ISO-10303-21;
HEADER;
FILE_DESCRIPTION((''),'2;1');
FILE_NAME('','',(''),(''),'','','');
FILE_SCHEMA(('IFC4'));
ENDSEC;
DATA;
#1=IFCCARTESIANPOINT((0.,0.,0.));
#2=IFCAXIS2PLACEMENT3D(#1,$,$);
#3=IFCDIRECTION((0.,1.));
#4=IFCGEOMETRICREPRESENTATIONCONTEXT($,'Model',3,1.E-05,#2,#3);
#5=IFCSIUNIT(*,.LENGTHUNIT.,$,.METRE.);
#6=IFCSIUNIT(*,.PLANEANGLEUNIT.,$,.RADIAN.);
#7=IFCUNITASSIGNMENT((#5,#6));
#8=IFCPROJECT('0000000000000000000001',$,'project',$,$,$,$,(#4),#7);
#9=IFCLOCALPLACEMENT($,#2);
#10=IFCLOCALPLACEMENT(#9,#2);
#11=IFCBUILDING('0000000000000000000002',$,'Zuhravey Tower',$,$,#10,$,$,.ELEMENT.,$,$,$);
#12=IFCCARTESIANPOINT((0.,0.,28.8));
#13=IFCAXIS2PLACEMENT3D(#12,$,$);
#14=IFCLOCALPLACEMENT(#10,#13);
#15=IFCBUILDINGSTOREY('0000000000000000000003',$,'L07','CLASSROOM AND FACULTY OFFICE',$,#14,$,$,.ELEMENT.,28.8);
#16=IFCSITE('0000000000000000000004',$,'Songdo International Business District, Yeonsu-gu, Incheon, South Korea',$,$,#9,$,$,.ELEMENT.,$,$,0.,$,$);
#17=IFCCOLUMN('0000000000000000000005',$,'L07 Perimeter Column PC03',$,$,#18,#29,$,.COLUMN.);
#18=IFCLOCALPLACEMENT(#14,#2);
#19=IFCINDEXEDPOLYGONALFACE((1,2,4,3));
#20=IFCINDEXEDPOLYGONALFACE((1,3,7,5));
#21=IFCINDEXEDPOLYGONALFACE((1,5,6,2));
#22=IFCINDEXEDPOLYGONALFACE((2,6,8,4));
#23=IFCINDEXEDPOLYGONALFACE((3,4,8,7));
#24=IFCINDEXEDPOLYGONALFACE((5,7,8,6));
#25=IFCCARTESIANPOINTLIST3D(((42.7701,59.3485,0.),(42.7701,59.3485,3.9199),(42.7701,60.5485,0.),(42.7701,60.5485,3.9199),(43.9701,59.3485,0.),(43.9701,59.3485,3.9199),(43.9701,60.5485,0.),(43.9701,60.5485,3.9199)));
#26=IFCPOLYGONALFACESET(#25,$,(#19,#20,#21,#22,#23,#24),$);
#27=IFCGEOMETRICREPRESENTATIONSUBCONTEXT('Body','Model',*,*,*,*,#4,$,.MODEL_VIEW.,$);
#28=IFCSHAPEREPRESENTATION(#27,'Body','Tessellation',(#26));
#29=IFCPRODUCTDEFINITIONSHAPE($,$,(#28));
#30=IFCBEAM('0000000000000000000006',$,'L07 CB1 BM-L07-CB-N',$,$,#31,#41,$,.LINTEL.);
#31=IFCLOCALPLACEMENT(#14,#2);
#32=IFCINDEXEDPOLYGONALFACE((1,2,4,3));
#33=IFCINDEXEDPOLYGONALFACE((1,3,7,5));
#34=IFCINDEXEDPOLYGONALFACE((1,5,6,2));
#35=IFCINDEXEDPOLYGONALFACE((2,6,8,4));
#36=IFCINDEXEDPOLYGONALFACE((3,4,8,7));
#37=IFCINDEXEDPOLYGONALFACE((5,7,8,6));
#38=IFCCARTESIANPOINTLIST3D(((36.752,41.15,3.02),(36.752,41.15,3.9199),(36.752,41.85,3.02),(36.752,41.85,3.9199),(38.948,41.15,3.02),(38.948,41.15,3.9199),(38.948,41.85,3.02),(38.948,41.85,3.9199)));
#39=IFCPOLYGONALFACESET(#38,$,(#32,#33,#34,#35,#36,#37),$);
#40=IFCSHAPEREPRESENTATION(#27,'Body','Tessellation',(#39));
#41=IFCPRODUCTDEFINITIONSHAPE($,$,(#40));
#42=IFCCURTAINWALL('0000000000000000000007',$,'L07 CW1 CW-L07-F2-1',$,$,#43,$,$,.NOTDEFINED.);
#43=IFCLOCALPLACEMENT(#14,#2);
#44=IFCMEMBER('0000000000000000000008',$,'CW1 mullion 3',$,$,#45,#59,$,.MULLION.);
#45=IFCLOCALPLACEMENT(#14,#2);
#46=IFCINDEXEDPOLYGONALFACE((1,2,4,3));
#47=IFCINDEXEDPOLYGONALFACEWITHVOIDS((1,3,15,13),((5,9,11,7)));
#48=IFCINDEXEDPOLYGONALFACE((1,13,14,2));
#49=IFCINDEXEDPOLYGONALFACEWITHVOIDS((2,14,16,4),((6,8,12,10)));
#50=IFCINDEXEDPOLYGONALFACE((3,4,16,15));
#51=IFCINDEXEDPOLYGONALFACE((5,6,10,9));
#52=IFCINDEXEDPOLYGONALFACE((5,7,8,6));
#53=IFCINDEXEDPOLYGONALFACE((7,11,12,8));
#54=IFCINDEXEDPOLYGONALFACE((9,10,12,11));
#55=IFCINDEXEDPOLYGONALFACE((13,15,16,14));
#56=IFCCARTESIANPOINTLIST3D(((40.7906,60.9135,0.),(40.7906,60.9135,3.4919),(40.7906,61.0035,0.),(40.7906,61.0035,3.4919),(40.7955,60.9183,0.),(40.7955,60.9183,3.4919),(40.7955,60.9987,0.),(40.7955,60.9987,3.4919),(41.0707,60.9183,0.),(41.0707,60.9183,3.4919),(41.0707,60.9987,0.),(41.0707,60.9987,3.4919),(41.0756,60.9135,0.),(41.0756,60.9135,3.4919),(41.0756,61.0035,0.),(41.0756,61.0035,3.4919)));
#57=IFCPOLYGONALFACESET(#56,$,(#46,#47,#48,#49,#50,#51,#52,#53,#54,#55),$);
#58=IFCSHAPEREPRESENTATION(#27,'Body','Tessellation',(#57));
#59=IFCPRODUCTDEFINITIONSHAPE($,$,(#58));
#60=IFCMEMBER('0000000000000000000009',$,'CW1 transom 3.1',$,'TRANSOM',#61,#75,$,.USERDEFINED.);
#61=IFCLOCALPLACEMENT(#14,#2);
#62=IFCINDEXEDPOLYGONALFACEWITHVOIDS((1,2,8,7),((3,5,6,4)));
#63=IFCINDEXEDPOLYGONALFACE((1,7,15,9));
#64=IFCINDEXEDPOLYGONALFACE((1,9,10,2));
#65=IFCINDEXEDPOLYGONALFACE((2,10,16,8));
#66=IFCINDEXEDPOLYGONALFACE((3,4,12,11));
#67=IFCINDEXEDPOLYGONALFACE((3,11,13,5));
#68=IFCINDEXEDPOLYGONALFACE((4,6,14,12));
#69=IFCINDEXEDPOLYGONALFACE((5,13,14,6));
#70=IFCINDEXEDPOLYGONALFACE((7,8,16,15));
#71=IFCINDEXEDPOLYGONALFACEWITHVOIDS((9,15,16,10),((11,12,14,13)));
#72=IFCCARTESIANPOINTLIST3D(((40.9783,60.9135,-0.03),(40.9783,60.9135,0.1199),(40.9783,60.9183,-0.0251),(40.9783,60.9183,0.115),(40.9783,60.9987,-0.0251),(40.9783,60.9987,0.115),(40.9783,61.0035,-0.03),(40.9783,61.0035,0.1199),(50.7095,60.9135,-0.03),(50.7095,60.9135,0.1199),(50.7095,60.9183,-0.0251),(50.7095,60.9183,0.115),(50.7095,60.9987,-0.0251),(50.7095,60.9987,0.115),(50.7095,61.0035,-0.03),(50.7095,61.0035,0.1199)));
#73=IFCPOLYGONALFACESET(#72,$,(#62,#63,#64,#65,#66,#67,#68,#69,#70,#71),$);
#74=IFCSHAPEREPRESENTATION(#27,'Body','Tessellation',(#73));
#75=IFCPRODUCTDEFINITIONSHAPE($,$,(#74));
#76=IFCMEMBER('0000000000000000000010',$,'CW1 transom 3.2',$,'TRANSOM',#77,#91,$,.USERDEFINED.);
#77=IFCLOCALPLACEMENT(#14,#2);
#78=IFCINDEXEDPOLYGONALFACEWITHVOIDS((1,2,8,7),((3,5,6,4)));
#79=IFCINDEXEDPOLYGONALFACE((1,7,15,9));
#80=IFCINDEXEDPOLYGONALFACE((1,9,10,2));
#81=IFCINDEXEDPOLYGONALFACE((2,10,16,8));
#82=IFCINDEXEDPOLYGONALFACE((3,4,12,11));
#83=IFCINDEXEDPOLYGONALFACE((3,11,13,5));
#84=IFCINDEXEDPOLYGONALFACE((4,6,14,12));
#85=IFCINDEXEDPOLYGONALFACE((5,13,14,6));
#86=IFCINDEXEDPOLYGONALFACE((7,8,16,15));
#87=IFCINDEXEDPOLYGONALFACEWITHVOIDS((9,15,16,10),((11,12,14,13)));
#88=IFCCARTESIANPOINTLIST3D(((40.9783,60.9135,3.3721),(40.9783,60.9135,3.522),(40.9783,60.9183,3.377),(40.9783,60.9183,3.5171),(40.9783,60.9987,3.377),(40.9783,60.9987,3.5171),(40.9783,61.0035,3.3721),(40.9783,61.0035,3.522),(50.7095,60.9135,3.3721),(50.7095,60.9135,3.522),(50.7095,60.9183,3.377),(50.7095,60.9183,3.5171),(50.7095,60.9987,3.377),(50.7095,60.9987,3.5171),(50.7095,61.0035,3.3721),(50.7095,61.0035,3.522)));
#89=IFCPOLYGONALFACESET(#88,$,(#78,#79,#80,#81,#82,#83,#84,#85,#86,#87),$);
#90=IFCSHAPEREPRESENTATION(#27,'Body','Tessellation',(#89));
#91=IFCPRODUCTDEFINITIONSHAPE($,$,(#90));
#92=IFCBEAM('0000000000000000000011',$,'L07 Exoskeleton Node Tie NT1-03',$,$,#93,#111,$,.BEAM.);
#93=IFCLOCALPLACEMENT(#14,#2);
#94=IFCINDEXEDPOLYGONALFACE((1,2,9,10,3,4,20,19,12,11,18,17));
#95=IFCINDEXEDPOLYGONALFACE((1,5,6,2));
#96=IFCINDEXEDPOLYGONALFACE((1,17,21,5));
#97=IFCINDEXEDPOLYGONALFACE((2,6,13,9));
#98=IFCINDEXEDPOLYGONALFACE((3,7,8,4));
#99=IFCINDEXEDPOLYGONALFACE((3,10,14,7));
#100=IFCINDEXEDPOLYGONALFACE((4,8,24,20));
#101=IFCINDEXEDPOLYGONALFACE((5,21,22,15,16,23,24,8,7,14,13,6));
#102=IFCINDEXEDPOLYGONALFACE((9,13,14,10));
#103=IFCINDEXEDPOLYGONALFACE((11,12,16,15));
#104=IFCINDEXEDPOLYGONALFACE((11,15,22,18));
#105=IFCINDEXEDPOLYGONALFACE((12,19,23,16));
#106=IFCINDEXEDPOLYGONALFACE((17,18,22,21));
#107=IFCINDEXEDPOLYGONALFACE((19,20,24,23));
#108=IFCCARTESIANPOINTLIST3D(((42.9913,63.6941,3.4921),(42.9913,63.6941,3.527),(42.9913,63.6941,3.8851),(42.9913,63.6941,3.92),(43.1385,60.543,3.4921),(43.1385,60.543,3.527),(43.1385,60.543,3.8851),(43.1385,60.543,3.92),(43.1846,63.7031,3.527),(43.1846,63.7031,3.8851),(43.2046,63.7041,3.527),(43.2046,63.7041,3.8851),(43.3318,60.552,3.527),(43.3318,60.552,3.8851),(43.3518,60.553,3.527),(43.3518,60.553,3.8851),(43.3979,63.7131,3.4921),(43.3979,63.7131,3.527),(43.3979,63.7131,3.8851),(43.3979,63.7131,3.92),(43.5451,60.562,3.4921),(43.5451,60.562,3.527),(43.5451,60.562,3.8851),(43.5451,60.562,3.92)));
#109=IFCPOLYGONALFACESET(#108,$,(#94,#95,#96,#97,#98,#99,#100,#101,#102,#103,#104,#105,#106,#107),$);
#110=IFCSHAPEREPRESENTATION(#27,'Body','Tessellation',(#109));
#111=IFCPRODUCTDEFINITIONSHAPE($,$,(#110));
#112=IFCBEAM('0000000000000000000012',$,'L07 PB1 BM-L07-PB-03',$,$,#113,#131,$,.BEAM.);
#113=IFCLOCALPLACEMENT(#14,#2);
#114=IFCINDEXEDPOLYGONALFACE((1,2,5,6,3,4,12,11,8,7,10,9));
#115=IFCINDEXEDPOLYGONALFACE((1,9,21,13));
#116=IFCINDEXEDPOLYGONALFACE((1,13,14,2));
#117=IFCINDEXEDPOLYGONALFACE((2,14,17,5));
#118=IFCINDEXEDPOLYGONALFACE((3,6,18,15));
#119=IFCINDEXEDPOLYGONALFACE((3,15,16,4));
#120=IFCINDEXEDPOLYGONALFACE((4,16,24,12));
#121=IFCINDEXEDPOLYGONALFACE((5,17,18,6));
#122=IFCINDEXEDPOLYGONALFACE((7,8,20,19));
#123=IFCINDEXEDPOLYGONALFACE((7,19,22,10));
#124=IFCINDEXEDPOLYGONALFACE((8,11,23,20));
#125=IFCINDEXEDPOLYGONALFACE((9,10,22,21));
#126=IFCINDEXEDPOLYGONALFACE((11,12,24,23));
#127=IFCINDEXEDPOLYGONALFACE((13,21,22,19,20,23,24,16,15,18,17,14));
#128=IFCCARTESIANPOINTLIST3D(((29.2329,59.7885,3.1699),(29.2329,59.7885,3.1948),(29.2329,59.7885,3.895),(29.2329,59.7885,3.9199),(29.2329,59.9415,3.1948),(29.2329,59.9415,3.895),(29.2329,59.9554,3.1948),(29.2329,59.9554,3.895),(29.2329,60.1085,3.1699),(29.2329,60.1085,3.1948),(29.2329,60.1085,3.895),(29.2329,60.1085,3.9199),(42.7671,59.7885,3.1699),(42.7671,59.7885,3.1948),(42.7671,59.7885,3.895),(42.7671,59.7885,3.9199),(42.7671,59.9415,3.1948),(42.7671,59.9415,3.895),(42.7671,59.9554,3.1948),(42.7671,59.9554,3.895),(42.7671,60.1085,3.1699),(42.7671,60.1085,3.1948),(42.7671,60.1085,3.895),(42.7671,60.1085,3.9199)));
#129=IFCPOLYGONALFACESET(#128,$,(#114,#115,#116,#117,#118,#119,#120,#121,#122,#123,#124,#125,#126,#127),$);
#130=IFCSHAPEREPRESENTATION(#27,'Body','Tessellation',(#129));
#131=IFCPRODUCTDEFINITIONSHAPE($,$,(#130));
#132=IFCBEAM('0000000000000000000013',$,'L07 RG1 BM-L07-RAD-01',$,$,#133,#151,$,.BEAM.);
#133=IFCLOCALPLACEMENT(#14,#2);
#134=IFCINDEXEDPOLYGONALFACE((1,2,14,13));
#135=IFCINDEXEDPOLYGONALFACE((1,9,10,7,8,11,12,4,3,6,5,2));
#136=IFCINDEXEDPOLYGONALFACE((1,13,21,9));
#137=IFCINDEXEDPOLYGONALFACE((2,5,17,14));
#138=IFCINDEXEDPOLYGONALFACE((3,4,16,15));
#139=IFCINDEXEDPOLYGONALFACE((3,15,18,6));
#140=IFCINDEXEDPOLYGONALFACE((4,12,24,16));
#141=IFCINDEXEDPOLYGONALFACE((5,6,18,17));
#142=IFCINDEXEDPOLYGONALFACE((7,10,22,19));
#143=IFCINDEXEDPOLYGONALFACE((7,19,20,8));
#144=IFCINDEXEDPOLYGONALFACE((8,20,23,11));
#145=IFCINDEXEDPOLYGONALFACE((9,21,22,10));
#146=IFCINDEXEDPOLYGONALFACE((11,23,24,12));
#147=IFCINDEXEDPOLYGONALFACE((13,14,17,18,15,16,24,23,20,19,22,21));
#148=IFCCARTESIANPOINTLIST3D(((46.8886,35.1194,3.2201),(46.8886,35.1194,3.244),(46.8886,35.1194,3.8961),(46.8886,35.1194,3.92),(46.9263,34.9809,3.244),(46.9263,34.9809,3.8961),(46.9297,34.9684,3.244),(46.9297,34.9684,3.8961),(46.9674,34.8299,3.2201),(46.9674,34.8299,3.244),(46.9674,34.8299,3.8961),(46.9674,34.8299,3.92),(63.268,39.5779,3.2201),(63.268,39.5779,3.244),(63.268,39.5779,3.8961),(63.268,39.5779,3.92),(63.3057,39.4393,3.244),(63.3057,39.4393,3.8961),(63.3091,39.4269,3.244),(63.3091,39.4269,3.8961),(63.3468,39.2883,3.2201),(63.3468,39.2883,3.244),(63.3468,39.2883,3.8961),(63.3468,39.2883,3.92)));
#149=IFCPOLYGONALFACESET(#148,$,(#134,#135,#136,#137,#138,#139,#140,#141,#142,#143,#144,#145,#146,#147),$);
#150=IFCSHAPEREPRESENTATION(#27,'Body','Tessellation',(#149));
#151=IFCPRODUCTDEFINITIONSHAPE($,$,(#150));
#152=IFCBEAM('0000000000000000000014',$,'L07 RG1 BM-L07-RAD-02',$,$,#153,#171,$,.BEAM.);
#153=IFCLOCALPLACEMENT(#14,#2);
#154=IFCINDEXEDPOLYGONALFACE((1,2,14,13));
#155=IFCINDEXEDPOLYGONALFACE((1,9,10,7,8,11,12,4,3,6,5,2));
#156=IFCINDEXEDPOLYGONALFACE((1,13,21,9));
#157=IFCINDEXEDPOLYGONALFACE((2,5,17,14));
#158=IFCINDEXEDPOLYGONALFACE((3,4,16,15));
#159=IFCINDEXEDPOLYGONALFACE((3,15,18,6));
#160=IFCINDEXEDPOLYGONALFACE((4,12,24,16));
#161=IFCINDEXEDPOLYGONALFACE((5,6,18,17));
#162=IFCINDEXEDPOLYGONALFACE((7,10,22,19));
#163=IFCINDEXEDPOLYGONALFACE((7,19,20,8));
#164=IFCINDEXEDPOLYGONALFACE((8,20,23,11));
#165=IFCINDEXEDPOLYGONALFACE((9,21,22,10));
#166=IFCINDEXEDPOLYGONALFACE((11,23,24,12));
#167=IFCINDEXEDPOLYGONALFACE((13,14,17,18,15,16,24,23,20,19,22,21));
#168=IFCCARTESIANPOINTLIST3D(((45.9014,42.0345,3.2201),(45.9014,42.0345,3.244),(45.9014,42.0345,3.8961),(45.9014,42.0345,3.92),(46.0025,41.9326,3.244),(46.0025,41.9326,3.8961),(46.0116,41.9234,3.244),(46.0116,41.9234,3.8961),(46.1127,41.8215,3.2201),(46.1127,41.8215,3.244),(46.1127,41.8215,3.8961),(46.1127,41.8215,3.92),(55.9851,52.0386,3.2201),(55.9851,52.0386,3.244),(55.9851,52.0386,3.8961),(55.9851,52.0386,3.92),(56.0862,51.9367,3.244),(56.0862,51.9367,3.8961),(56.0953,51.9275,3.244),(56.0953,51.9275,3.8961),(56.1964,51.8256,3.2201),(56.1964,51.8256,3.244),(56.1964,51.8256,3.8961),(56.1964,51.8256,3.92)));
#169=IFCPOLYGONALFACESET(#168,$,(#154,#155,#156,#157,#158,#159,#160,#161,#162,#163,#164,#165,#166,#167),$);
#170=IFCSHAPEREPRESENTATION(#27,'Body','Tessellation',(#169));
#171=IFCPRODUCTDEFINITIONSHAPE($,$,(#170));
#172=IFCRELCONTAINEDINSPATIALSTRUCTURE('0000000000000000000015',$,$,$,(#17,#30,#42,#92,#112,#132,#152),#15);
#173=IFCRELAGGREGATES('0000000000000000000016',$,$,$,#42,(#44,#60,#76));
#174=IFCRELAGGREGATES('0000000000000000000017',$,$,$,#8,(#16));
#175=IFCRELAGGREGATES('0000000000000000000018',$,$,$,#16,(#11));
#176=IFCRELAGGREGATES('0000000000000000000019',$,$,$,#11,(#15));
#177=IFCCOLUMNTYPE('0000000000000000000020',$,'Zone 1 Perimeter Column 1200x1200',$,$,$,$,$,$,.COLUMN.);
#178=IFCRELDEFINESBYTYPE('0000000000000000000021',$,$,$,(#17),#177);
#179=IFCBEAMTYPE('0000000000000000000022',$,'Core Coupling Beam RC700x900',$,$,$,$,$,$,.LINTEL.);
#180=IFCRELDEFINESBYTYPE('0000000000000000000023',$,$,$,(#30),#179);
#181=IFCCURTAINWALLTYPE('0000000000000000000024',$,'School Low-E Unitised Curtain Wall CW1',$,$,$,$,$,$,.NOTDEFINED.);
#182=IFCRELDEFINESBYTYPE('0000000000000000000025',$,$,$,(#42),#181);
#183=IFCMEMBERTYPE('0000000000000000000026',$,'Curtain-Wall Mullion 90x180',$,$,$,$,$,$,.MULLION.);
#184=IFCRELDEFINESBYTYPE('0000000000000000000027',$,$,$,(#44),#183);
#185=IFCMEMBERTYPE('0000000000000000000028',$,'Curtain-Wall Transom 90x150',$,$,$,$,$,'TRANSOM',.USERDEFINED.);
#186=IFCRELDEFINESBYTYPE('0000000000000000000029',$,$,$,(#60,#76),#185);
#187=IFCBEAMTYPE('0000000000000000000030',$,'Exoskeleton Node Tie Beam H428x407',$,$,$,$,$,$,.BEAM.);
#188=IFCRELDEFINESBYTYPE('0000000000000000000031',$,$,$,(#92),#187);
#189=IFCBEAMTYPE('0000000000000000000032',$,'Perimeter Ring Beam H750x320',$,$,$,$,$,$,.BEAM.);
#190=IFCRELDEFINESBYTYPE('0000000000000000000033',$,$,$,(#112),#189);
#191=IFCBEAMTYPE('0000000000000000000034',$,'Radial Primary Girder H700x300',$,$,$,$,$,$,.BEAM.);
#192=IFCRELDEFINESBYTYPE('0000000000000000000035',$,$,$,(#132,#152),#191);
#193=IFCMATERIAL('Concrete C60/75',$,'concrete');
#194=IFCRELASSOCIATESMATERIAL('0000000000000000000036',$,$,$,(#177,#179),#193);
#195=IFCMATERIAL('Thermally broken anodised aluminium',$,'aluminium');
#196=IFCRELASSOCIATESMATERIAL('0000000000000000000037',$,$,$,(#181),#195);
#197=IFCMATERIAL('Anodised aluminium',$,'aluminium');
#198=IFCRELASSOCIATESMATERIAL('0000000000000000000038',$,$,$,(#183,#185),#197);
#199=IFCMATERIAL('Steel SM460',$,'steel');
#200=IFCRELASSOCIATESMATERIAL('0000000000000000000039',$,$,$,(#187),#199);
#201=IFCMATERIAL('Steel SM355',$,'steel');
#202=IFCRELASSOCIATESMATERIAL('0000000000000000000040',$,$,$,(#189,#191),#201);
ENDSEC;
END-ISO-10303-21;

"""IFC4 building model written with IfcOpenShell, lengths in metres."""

from ifc_helpers import new_model, si_unit, direction, frame, origin, origin_2d, place, context, subcontext, project, spatial, rectangle, hollow_rectangle, i_section, extrude, material, material_profile, profile_set, type_object, element, aggregate, save


model = new_model("IFC4")

# Units and contexts
model_context = context("Model", 3, precision=1e-05, world=origin(), true_north=direction((0.0, 1.0)))
body_context = subcontext(model_context, "Body", "Model", "MODEL_VIEW")
ifc_project = project(units=[si_unit("LENGTHUNIT", "METRE"), si_unit("PLANEANGLEUNIT", "RADIAN")], contexts=[model_context])

# Site, building, storey
site_placement = place(None, origin())
site = spatial("IfcSite", under=ifc_project, at=site_placement, Name="Songdo International Business District, Yeonsu-gu, Incheon, South Korea", CompositionType="ELEMENT", RefElevation=0.0)
building_placement = place(site_placement, origin())
building = spatial("IfcBuilding", under=site, at=building_placement, Name="Zuhravey Tower", CompositionType="ELEMENT")
storey_placement = place(building_placement, frame((0.0, 0.0, 28.8)))
storey = spatial("IfcBuildingStorey", under=building, at=storey_placement, Name="L07", Description="CLASSROOM AND FACULTY OFFICE", CompositionType="ELEMENT", Elevation=28.8)

# Column
ifc_material_1 = material(Name="Concrete C60/75", Category="concrete")
ifc_material_profile_1 = material_profile(ifc_material_1, rectangle(XDim=1.2, YDim=1.2, at=origin_2d()), Name="RC-1200x1200")
ifc_profile_set_1 = profile_set([ifc_material_profile_1], Name="Concrete C60/75")
column_type = type_object("IfcColumnType", Name="Zone 1 Perimeter Column 1200x1200", PredefinedType="COLUMN", material=ifc_profile_set_1)
column_placement = place(storey_placement, frame((43.3701, 59.9485, 0.0), z_axis=(0.0, 0.0, 1.0), x_axis=(-1.0, 0.0, 0.0)))
element("IfcColumn", 1, at=column_placement, inside=storey, type_object=column_type, Name="L07 Perimeter Column PC03", PredefinedType="COLUMN", context=body_context, shape_type="SweptSolid", body=[
    extrude(rectangle(XDim=1.2, YDim=1.2, at=origin_2d()), origin(), (0.0, 0.0, 1.0), 3.9199),
])

# Beam
ifc_material_profile_2 = material_profile(ifc_material_1, rectangle(XDim=0.7, YDim=0.8999, at=origin_2d()), Name="RC-700x900")
ifc_profile_set_2 = profile_set([ifc_material_profile_2], Name="Concrete C60/75")
beam_type_1 = type_object("IfcBeamType", Name="Core Coupling Beam RC700x900", PredefinedType="LINTEL", material=ifc_profile_set_2)
beam_1_placement = place(storey_placement, frame((36.752, 41.5, 3.47), z_axis=(1.0, 0.0, 0.0), x_axis=(0.0, 1.0, 0.0)))
element("IfcBeam", 2, at=beam_1_placement, inside=storey, type_object=beam_type_1, Name="L07 CB1 BM-L07-CB-N", PredefinedType="LINTEL", context=body_context, shape_type="SweptSolid", body=[
    extrude(rectangle(XDim=0.7, YDim=0.8999, at=origin_2d()), origin(), (0.0, 0.0, 1.0), 2.196),
])

# Curtain wall, members
ifc_material_2 = material(Name="Thermally broken anodised aluminium", Category="aluminium")
curtain_wall_type = type_object("IfcCurtainWallType", Name="School Low-E Unitised Curtain Wall CW1", PredefinedType="NOTDEFINED", material=ifc_material_2)
curtain_wall_placement = place(storey_placement, origin())
curtain_wall = element("IfcCurtainWall", 3, at=curtain_wall_placement, inside=storey, type_object=curtain_wall_type, Name="L07 CW1 CW-L07-F2-1", PredefinedType="NOTDEFINED")
ifc_material_3 = material(Name="Anodised aluminium", Category="aluminium")
ifc_material_profile_3 = material_profile(ifc_material_3, hollow_rectangle(XDim=0.0901, YDim=0.2849, WallThickness=0.0049, at=origin_2d()), Name="ALU-RHS-90x285x5")
ifc_profile_set_3 = profile_set([ifc_material_profile_3], Name="Anodised aluminium")
member_type_1 = type_object("IfcMemberType", Name="Curtain-Wall Mullion 90x180", PredefinedType="MULLION", material=ifc_profile_set_3)
member_1_placement = place(storey_placement, frame((40.9331, 60.9585, 0.0), z_axis=(0.0, 0.0, 1.0), x_axis=(0.0, 1.0, 0.0)))
member_1 = element("IfcMember", 4, at=member_1_placement, type_object=member_type_1, Name="CW1 mullion 3", PredefinedType="MULLION", context=body_context, shape_type="SweptSolid", body=[
    extrude(hollow_rectangle(XDim=0.0901, YDim=0.2849, WallThickness=0.0049, at=origin_2d()), origin(), (0.0, 0.0, 1.0), 3.4919),
])
ifc_material_profile_4 = material_profile(ifc_material_3, hollow_rectangle(XDim=0.0901, YDim=0.1499, WallThickness=0.0049, at=origin_2d()), Name="ALU-RHS-90x150x5")
ifc_profile_set_4 = profile_set([ifc_material_profile_4], Name="Anodised aluminium")
member_type_2 = type_object("IfcMemberType", Name="Curtain-Wall Transom 90x150", ElementType="TRANSOM", PredefinedType="USERDEFINED", material=ifc_profile_set_4)
member_2_placement = place(storey_placement, frame((40.9783, 60.9585, 0.0449), z_axis=(1.0, 0.0, 0.0), x_axis=(0.0, 1.0, 0.0)))
member_2 = element("IfcMember", 5, at=member_2_placement, type_object=member_type_2, Name="CW1 transom 3.1", ObjectType="TRANSOM", PredefinedType="USERDEFINED", context=body_context, shape_type="SweptSolid", body=[
    extrude(hollow_rectangle(XDim=0.0901, YDim=0.1499, WallThickness=0.0049, at=origin_2d()), origin(), (0.0, 0.0, 1.0), 9.7312),
])
member_3_placement = place(storey_placement, frame((40.9783, 60.9585, 3.447), z_axis=(1.0, 0.0, 0.0), x_axis=(0.0, 1.0, 0.0)))
member_3 = element("IfcMember", 6, at=member_3_placement, type_object=member_type_2, Name="CW1 transom 3.2", ObjectType="TRANSOM", PredefinedType="USERDEFINED", context=body_context, shape_type="SweptSolid", body=[
    extrude(hollow_rectangle(XDim=0.0901, YDim=0.1499, WallThickness=0.0049, at=origin_2d()), origin(), (0.0, 0.0, 1.0), 9.7312),
])

# Beams
ifc_material_4 = material(Name="Steel SM460", Category="steel")
ifc_material_profile_5 = material_profile(ifc_material_4, i_section(OverallWidth=0.407, OverallDepth=0.428, WebThickness=0.02, FlangeThickness=0.0349, at=origin_2d()), Name="H-428x407x20x35")
ifc_profile_set_5 = profile_set([ifc_material_profile_5], Name="Steel SM460")
beam_type_2 = type_object("IfcBeamType", Name="Exoskeleton Node Tie Beam H428x407", PredefinedType="BEAM", material=ifc_profile_set_5)
beam_2_placement = place(storey_placement, frame((43.3418, 60.5525, 3.7061), z_axis=(-0.046668, 0.99891, 0.0), x_axis=(-0.99891, -0.046668, 0.0)))
element("IfcBeam", 7, at=beam_2_placement, inside=storey, type_object=beam_type_2, Name="L07 Exoskeleton Node Tie NT1-03", PredefinedType="BEAM", context=body_context, shape_type="SweptSolid", body=[
    extrude(i_section(OverallWidth=0.407, OverallDepth=0.428, WebThickness=0.02, FlangeThickness=0.0349, at=origin_2d()), origin(), (0.0, 0.0, 1.0), 3.1545),
])
ifc_material_5 = material(Name="Steel SM355", Category="steel")
ifc_material_profile_6 = material_profile(ifc_material_5, i_section(OverallWidth=0.3201, OverallDepth=0.75, WebThickness=0.0139, FlangeThickness=0.0249, at=origin_2d()), Name="H-750x320x14x25")
ifc_profile_set_6 = profile_set([ifc_material_profile_6], Name="Steel SM355")
beam_type_3 = type_object("IfcBeamType", Name="Perimeter Ring Beam H750x320", PredefinedType="BEAM", material=ifc_profile_set_6)
beam_3_placement = place(storey_placement, frame((42.7671, 59.9485, 3.5449), z_axis=(-1.0, 0.0, 0.0), x_axis=(0.0, -1.0, 0.0)))
element("IfcBeam", 8, at=beam_3_placement, inside=storey, type_object=beam_type_3, Name="L07 PB1 BM-L07-PB-03", PredefinedType="BEAM", context=body_context, shape_type="SweptSolid", body=[
    extrude(i_section(OverallWidth=0.3201, OverallDepth=0.75, WebThickness=0.0139, FlangeThickness=0.0249, at=origin_2d()), origin(), (0.0, 0.0, 1.0), 13.5342),
])
ifc_material_profile_7 = material_profile(ifc_material_5, i_section(OverallWidth=0.3, OverallDepth=0.7, WebThickness=0.0129, FlangeThickness=0.0239, at=origin_2d()), Name="H-700x300x13x24")
ifc_profile_set_7 = profile_set([ifc_material_profile_7], Name="Steel SM355")
beam_type_4 = type_object("IfcBeamType", Name="Radial Primary Girder H700x300", PredefinedType="BEAM", material=ifc_profile_set_7)
beam_4_placement = place(storey_placement, frame((46.928, 34.9746, 3.5701), z_axis=(0.964892, 0.262645, 0.0), x_axis=(-0.262645, 0.964892, 0.0)))
element("IfcBeam", 9, at=beam_4_placement, inside=storey, type_object=beam_type_4, Name="L07 RG1 BM-L07-RAD-01", PredefinedType="BEAM", context=body_context, shape_type="SweptSolid", body=[
    extrude(i_section(OverallWidth=0.3, OverallDepth=0.7, WebThickness=0.0129, FlangeThickness=0.0239, at=origin_2d()), origin(), (0.0, 0.0, 1.0), 16.9753),
])
beam_5_placement = place(storey_placement, frame((46.0071, 41.928, 3.5701), z_axis=(0.709903, 0.7043, 0.0), x_axis=(-0.7043, 0.709903, 0.0)))
element("IfcBeam", 10, at=beam_5_placement, inside=storey, type_object=beam_type_4, Name="L07 RG1 BM-L07-RAD-02", PredefinedType="BEAM", context=body_context, shape_type="SweptSolid", body=[
    extrude(i_section(OverallWidth=0.3, OverallDepth=0.7, WebThickness=0.0129, FlangeThickness=0.0239, at=origin_2d()), origin(), (0.0, 0.0, 1.0), 14.2043),
])

aggregate(curtain_wall, [member_1, member_2, member_3])

save(model, "model.ifc")
